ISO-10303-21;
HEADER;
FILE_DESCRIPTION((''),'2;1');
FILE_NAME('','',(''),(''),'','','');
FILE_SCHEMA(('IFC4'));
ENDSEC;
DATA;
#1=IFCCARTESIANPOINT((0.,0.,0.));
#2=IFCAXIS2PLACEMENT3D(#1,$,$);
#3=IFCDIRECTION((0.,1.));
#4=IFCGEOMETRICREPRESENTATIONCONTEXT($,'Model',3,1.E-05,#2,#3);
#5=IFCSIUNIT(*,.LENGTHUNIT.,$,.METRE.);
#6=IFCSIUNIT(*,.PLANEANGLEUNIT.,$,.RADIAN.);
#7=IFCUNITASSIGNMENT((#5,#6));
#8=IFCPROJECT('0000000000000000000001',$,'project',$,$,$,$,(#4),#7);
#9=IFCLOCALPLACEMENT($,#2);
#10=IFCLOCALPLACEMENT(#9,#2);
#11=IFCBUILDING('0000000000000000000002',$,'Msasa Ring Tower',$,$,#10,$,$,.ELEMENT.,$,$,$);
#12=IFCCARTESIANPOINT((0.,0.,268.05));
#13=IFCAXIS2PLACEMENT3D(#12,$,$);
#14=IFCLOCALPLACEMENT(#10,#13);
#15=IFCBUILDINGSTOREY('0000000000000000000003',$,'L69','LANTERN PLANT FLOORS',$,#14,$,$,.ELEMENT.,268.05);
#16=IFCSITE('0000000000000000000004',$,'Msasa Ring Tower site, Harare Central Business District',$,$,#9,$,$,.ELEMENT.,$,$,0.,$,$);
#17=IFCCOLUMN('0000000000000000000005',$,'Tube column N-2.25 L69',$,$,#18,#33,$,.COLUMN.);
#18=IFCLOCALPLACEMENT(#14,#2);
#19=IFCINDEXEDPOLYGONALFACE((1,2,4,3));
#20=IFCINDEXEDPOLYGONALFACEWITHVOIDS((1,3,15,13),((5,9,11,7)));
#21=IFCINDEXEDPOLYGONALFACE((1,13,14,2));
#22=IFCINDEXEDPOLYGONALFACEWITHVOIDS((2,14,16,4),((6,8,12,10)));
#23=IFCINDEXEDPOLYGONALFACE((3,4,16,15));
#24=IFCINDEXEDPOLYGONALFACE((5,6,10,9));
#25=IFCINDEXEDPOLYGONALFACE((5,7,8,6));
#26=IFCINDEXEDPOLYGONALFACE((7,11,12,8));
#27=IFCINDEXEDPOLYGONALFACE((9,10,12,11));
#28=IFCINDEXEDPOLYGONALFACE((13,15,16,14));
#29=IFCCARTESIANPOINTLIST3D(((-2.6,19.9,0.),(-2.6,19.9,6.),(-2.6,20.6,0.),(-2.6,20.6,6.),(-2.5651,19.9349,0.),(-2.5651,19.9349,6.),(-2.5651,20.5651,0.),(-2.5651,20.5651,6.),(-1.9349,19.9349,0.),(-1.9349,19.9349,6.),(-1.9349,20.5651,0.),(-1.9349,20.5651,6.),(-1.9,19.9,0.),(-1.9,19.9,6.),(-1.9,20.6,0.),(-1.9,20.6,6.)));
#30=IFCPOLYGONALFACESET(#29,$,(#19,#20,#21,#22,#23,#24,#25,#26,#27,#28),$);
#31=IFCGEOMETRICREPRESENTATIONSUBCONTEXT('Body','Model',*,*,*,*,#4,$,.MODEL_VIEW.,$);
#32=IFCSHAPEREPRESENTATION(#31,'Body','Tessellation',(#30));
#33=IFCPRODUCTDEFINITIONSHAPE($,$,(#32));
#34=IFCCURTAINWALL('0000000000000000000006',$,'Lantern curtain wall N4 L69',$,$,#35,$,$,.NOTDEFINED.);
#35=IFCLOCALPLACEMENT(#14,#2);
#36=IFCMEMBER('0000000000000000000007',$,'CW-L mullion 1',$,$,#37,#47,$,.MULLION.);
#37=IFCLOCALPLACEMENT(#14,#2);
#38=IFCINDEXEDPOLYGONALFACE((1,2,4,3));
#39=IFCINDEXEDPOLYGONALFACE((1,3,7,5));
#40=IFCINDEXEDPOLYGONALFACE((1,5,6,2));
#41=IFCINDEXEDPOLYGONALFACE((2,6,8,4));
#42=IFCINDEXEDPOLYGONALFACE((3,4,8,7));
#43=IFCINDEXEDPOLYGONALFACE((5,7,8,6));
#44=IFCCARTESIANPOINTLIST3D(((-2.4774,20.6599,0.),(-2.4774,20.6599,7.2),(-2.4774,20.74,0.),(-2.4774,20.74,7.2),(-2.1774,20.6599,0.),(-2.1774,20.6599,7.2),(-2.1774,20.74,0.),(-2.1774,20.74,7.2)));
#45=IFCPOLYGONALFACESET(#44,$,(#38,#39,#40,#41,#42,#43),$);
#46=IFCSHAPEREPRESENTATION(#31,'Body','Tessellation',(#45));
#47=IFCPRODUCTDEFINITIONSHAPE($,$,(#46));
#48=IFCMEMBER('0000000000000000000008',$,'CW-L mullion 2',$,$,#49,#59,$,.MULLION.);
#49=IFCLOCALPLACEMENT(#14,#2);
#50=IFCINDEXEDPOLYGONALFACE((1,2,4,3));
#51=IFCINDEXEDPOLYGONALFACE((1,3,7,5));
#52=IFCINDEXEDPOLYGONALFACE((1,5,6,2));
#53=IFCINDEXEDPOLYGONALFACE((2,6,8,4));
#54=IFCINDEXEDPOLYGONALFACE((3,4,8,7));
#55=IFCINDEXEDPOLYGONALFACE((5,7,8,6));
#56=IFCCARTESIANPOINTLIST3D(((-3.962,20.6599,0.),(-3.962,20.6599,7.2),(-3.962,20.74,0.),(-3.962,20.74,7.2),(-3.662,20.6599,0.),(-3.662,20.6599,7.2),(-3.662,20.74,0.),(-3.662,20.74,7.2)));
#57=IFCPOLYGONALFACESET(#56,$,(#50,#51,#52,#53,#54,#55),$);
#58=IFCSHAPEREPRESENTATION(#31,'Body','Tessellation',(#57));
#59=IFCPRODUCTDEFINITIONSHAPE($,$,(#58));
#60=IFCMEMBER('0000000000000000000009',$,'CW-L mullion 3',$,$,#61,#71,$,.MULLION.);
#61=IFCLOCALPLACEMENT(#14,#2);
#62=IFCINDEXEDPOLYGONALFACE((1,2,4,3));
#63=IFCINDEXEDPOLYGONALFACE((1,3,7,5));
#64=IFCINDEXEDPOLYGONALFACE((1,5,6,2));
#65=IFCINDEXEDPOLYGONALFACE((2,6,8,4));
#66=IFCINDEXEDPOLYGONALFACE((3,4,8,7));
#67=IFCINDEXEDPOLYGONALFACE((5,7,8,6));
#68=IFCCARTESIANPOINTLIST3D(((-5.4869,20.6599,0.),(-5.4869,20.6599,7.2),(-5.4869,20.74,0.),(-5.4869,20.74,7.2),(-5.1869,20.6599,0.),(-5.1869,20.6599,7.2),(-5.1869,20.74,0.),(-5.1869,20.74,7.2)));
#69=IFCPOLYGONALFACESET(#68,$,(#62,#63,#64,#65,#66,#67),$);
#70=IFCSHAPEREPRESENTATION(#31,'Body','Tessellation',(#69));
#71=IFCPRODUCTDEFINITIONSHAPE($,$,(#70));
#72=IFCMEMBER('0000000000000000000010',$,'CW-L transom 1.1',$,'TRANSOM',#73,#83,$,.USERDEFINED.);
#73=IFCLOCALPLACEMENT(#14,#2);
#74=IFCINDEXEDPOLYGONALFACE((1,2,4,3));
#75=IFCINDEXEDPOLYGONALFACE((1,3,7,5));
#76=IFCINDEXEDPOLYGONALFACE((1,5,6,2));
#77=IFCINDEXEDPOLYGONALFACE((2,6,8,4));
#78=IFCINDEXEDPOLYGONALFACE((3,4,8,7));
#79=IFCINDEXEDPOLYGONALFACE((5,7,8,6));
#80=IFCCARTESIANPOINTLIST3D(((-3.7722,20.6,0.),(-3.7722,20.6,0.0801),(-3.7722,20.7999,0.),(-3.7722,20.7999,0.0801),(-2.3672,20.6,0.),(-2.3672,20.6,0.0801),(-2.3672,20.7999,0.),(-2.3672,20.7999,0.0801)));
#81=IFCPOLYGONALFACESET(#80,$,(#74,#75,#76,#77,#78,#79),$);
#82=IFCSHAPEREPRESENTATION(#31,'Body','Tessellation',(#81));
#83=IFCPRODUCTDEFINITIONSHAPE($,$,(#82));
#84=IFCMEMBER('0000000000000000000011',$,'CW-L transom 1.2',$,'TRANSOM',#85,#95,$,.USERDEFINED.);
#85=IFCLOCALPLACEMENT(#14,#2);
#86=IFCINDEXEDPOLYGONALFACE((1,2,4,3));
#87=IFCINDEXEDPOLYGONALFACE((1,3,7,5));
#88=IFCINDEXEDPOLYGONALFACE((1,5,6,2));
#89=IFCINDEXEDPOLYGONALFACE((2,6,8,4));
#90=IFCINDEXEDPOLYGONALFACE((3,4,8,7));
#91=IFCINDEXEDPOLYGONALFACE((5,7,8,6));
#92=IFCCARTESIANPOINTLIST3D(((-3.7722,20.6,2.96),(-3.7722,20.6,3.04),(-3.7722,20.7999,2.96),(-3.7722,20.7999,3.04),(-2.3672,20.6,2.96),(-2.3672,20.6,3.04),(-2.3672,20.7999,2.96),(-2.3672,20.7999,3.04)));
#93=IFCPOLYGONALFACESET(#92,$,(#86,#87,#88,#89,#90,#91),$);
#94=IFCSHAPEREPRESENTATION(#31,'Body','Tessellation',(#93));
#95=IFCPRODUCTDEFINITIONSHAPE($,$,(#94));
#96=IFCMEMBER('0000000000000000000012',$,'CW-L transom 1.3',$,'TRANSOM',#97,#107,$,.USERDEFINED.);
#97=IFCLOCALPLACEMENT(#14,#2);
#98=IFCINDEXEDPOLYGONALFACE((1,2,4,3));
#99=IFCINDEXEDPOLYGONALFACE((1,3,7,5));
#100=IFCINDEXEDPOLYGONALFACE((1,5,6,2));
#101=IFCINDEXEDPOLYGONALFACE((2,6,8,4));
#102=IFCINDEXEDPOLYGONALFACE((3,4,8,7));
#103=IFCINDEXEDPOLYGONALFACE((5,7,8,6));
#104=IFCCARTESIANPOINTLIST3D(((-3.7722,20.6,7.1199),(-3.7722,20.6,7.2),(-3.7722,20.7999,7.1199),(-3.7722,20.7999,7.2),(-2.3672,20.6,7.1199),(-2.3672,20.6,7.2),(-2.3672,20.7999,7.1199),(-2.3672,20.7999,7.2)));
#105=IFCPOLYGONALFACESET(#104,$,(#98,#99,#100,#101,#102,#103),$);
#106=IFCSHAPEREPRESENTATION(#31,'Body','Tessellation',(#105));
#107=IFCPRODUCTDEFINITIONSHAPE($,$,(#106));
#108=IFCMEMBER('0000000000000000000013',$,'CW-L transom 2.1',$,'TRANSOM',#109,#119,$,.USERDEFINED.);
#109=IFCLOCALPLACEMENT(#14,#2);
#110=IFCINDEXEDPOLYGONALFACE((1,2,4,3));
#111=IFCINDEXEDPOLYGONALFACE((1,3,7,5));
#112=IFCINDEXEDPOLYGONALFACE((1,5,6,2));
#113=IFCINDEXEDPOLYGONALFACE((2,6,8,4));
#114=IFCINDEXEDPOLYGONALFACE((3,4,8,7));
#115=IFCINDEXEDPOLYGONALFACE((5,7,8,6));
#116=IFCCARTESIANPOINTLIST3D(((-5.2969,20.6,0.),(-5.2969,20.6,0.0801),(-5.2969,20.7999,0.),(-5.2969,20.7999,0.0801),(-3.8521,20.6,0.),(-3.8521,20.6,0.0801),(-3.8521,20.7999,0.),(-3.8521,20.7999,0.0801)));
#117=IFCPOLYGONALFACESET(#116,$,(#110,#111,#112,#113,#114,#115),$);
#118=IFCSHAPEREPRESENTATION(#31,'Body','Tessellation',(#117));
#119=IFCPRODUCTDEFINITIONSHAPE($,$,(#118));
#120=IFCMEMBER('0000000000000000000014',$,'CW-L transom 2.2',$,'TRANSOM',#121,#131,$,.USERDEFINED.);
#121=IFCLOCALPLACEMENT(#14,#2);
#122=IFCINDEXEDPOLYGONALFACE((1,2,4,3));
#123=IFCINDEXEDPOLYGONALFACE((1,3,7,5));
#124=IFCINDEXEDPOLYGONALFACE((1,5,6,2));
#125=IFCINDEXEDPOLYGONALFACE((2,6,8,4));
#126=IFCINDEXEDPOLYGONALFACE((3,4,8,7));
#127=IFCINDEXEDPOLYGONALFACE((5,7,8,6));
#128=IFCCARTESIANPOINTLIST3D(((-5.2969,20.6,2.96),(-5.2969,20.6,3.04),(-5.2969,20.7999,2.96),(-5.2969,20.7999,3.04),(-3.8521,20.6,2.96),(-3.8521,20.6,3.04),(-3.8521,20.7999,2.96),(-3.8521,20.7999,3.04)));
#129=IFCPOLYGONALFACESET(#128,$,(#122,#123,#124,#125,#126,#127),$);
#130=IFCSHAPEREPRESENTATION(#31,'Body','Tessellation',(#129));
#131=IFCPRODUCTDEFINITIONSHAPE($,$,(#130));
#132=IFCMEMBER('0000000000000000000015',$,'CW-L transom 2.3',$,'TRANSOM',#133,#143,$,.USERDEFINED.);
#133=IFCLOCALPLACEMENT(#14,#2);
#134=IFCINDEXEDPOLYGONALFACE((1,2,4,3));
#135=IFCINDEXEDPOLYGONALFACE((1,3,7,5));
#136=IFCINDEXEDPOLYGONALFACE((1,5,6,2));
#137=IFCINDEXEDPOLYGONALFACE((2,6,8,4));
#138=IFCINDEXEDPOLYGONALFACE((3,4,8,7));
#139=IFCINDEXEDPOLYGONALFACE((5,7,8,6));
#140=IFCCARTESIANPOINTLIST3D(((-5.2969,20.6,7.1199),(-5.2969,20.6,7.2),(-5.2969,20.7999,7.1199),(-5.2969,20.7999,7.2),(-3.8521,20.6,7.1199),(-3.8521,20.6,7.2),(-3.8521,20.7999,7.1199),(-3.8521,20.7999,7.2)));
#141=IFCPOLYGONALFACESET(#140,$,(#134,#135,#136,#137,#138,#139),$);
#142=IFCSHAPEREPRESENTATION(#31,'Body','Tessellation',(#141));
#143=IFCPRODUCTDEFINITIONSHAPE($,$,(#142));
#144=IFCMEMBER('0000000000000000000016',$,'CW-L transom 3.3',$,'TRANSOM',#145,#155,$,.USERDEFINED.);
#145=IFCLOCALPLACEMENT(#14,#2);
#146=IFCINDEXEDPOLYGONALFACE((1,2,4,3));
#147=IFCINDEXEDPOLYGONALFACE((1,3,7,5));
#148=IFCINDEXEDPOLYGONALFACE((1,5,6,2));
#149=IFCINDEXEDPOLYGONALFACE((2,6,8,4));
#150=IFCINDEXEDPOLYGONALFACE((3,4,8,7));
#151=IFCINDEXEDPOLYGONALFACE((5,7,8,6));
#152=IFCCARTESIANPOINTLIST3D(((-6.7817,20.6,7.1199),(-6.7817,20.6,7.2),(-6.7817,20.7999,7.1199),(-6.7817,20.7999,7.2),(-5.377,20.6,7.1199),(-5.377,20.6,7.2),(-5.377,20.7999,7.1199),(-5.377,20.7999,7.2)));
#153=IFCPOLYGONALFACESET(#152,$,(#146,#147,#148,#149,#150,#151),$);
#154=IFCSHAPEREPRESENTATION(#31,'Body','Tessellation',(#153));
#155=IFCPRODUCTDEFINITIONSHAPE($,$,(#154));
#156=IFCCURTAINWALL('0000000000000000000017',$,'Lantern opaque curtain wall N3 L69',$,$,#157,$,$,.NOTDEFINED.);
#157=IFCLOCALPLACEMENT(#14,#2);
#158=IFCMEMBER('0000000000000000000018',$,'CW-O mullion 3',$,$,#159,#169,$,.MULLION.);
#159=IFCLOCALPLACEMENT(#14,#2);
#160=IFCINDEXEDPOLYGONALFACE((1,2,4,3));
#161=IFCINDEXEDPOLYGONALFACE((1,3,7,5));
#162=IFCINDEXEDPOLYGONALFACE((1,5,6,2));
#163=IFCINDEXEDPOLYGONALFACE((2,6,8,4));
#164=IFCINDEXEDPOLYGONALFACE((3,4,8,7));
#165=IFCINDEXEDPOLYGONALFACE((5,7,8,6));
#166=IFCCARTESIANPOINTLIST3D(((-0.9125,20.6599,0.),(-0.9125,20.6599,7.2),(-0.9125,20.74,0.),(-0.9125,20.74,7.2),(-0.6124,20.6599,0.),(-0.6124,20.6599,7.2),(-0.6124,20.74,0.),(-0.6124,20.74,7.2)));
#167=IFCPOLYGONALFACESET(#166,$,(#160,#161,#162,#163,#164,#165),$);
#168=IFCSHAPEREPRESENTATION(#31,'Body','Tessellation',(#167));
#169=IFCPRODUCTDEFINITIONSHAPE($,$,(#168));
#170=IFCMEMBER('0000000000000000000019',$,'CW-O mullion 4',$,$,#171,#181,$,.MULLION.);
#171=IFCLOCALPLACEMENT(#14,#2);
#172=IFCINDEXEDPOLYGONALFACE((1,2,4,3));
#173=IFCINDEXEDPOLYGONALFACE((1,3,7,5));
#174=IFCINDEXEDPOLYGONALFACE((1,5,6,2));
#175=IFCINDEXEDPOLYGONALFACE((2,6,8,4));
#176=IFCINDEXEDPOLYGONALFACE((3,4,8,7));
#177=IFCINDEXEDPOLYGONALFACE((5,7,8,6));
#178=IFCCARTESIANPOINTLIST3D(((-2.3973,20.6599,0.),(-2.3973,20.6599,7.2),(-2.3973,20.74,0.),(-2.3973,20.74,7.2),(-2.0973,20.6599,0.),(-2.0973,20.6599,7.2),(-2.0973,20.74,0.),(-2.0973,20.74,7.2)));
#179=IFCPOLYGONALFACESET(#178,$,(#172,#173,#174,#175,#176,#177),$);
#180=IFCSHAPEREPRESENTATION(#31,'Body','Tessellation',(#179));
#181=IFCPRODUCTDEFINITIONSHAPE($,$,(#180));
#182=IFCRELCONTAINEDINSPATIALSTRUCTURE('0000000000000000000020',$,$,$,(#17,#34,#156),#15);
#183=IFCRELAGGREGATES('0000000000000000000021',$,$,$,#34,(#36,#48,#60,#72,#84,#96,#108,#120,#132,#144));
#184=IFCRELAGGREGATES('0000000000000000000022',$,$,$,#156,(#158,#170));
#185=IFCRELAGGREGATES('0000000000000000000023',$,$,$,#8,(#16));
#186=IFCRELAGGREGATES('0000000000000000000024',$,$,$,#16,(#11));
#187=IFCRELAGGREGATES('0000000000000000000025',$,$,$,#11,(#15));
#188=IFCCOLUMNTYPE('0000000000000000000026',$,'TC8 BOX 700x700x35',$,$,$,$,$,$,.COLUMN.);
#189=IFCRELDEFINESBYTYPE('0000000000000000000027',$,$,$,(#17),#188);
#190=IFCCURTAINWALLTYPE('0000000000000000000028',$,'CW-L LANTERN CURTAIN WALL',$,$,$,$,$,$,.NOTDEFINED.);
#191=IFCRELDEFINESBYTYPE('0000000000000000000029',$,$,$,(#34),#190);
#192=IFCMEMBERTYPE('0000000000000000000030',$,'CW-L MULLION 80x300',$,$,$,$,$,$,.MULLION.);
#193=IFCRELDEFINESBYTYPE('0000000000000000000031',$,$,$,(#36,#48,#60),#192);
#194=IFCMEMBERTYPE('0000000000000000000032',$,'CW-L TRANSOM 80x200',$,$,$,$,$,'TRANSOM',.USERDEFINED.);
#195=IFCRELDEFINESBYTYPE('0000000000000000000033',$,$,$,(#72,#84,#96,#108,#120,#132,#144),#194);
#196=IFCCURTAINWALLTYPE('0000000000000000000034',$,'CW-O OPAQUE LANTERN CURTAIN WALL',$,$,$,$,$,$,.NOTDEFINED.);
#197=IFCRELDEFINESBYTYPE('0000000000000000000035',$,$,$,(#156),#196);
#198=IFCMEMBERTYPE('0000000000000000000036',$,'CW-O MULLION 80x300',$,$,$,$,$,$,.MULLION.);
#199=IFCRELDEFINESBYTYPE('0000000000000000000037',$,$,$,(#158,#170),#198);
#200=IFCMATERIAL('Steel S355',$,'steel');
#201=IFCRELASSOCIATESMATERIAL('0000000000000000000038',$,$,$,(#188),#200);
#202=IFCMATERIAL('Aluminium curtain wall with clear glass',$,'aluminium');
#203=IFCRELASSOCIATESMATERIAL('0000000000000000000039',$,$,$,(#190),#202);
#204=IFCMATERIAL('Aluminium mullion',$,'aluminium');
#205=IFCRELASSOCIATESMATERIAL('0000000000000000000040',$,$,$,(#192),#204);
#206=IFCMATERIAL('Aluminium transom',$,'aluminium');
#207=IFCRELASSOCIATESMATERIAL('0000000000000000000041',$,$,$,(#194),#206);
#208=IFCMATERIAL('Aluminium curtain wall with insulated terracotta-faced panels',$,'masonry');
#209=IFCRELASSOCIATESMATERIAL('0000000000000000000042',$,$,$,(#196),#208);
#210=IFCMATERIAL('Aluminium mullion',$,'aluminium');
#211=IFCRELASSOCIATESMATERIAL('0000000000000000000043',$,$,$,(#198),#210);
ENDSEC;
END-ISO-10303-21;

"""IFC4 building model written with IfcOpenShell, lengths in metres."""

from ifc_helpers import new_model, si_unit, direction, frame, origin, origin_2d, place, context, subcontext, project, spatial, rectangle, hollow_rectangle, extrude, material, material_profile, profile_set, type_object, element, aggregate, save


model = new_model("IFC4")

# Units and contexts
model_context = context("Model", 3, precision=1e-05, world=origin(), true_north=direction((0.0, 1.0)))
body_context = subcontext(model_context, "Body", "Model", "MODEL_VIEW")
ifc_project = project(units=[si_unit("LENGTHUNIT", "METRE"), si_unit("PLANEANGLEUNIT", "RADIAN")], contexts=[model_context])

# Site, building, storey
site_placement = place(None, origin())
site = spatial("IfcSite", under=ifc_project, at=site_placement, Name="Msasa Ring Tower site, Harare Central Business District", CompositionType="ELEMENT", RefElevation=0.0)
building_placement = place(site_placement, origin())
building = spatial("IfcBuilding", under=site, at=building_placement, Name="Msasa Ring Tower", CompositionType="ELEMENT")
storey_placement = place(building_placement, frame((0.0, 0.0, 268.05)))
storey = spatial("IfcBuildingStorey", under=building, at=storey_placement, Name="L69", Description="LANTERN PLANT FLOORS", CompositionType="ELEMENT", Elevation=268.05)

# Column
ifc_material_1 = material(Name="Steel S355", Category="steel")
ifc_material_profile_1 = material_profile(ifc_material_1, hollow_rectangle(XDim=0.7, YDim=0.7, WallThickness=0.0349, at=origin_2d()), Name="BOX 700x700x35")
ifc_profile_set_1 = profile_set([ifc_material_profile_1], Name="Steel S355")
column_type = type_object("IfcColumnType", Name="TC8 BOX 700x700x35", PredefinedType="COLUMN", material=ifc_profile_set_1)
column_placement = place(storey_placement, frame((-2.25, 20.25, 0.0), z_axis=(0.0, 0.0, 1.0), x_axis=(0.0, 1.0, 0.0)))
element("IfcColumn", 1, at=column_placement, inside=storey, type_object=column_type, Name="Tube column N-2.25 L69", PredefinedType="COLUMN", context=body_context, shape_type="SweptSolid", body=[
    extrude(hollow_rectangle(XDim=0.7, YDim=0.7, WallThickness=0.0349, at=origin_2d()), origin(), (0.0, 0.0, 1.0), 6.0),
])

# Curtain walls, members
ifc_material_2 = material(Name="Aluminium curtain wall with clear glass", Category="aluminium")
curtain_wall_type_1 = type_object("IfcCurtainWallType", Name="CW-L LANTERN CURTAIN WALL", PredefinedType="NOTDEFINED", material=ifc_material_2)
curtain_wall_1_placement = place(storey_placement, origin())
curtain_wall_1 = element("IfcCurtainWall", 2, at=curtain_wall_1_placement, inside=storey, type_object=curtain_wall_type_1, Name="Lantern curtain wall N4 L69", PredefinedType="NOTDEFINED")
ifc_material_3 = material(Name="Aluminium mullion", Category="aluminium")
ifc_material_profile_2 = material_profile(ifc_material_3, rectangle(XDim=0.0801, YDim=0.3, at=origin_2d()), Name="AL 80x300")
ifc_profile_set_2 = profile_set([ifc_material_profile_2], Name="Aluminium mullion")
member_type_1 = type_object("IfcMemberType", Name="CW-L MULLION 80x300", PredefinedType="MULLION", material=ifc_profile_set_2)
member_1_placement = place(storey_placement, frame((-2.3274, 20.7, 0.0), z_axis=(0.0, 0.0, 1.0), x_axis=(0.0, -1.0, 0.0)))
member_1 = element("IfcMember", 3, at=member_1_placement, type_object=member_type_1, Name="CW-L mullion 1", PredefinedType="MULLION", context=body_context, shape_type="SweptSolid", body=[
    extrude(rectangle(XDim=0.0801, YDim=0.3, at=origin_2d()), origin(), (0.0, 0.0, 1.0), 7.2),
])
member_2_placement = place(storey_placement, frame((-3.812, 20.7, 0.0), z_axis=(0.0, 0.0, 1.0), x_axis=(0.0, -1.0, 0.0)))
member_2 = element("IfcMember", 4, at=member_2_placement, type_object=member_type_1, Name="CW-L mullion 2", PredefinedType="MULLION", context=body_context, shape_type="SweptSolid", body=[
    extrude(rectangle(XDim=0.0801, YDim=0.3, at=origin_2d()), origin(), (0.0, 0.0, 1.0), 7.2),
])
member_3_placement = place(storey_placement, frame((-5.3369, 20.7, 0.0), z_axis=(0.0, 0.0, 1.0), x_axis=(0.0, -1.0, 0.0)))
member_3 = element("IfcMember", 5, at=member_3_placement, type_object=member_type_1, Name="CW-L mullion 3", PredefinedType="MULLION", context=body_context, shape_type="SweptSolid", body=[
    extrude(rectangle(XDim=0.0801, YDim=0.3, at=origin_2d()), origin(), (0.0, 0.0, 1.0), 7.2),
])
ifc_material_4 = material(Name="Aluminium transom", Category="aluminium")
ifc_material_profile_3 = material_profile(ifc_material_4, rectangle(XDim=0.2, YDim=0.0801, at=origin_2d()), Name="AL 80x200")
ifc_profile_set_3 = profile_set([ifc_material_profile_3], Name="Aluminium transom")
member_type_2 = type_object("IfcMemberType", Name="CW-L TRANSOM 80x200", ElementType="TRANSOM", PredefinedType="USERDEFINED", material=ifc_profile_set_3)
member_4_placement = place(storey_placement, frame((-2.3672, 20.7, 0.04), z_axis=(-1.0, 0.0, 0.0), x_axis=(0.0, -1.0, 0.0)))
member_4 = element("IfcMember", 6, at=member_4_placement, type_object=member_type_2, Name="CW-L transom 1.1", ObjectType="TRANSOM", PredefinedType="USERDEFINED", context=body_context, shape_type="SweptSolid", body=[
    extrude(rectangle(XDim=0.2, YDim=0.0801, at=origin_2d()), origin(), (0.0, 0.0, 1.0), 1.405),
])
member_5_placement = place(storey_placement, frame((-2.3672, 20.7, 3.0), z_axis=(-1.0, 0.0, 0.0), x_axis=(0.0, -1.0, 0.0)))
member_5 = element("IfcMember", 7, at=member_5_placement, type_object=member_type_2, Name="CW-L transom 1.2", ObjectType="TRANSOM", PredefinedType="USERDEFINED", context=body_context, shape_type="SweptSolid", body=[
    extrude(rectangle(XDim=0.2, YDim=0.0801, at=origin_2d()), origin(), (0.0, 0.0, 1.0), 1.405),
])
member_6_placement = place(storey_placement, frame((-2.3672, 20.7, 7.1599), z_axis=(-1.0, 0.0, 0.0), x_axis=(0.0, -1.0, 0.0)))
member_6 = element("IfcMember", 8, at=member_6_placement, type_object=member_type_2, Name="CW-L transom 1.3", ObjectType="TRANSOM", PredefinedType="USERDEFINED", context=body_context, shape_type="SweptSolid", body=[
    extrude(rectangle(XDim=0.2, YDim=0.0801, at=origin_2d()), origin(), (0.0, 0.0, 1.0), 1.405),
])
member_7_placement = place(storey_placement, frame((-3.8521, 20.7, 0.04), z_axis=(-1.0, 0.0, 0.0), x_axis=(0.0, -1.0, 0.0)))
member_7 = element("IfcMember", 9, at=member_7_placement, type_object=member_type_2, Name="CW-L transom 2.1", ObjectType="TRANSOM", PredefinedType="USERDEFINED", context=body_context, shape_type="SweptSolid", body=[
    extrude(rectangle(XDim=0.2, YDim=0.0801, at=origin_2d()), origin(), (0.0, 0.0, 1.0), 1.4448),
])
member_8_placement = place(storey_placement, frame((-3.8521, 20.7, 3.0), z_axis=(-1.0, 0.0, 0.0), x_axis=(0.0, -1.0, 0.0)))
member_8 = element("IfcMember", 10, at=member_8_placement, type_object=member_type_2, Name="CW-L transom 2.2", ObjectType="TRANSOM", PredefinedType="USERDEFINED", context=body_context, shape_type="SweptSolid", body=[
    extrude(rectangle(XDim=0.2, YDim=0.0801, at=origin_2d()), origin(), (0.0, 0.0, 1.0), 1.4448),
])
member_9_placement = place(storey_placement, frame((-3.8521, 20.7, 7.1599), z_axis=(-1.0, 0.0, 0.0), x_axis=(0.0, -1.0, 0.0)))
member_9 = element("IfcMember", 11, at=member_9_placement, type_object=member_type_2, Name="CW-L transom 2.3", ObjectType="TRANSOM", PredefinedType="USERDEFINED", context=body_context, shape_type="SweptSolid", body=[
    extrude(rectangle(XDim=0.2, YDim=0.0801, at=origin_2d()), origin(), (0.0, 0.0, 1.0), 1.4448),
])
member_10_placement = place(storey_placement, frame((-5.377, 20.7, 7.1599), z_axis=(-1.0, 0.0, 0.0), x_axis=(0.0, -1.0, 0.0)))
member_10 = element("IfcMember", 12, at=member_10_placement, type_object=member_type_2, Name="CW-L transom 3.3", ObjectType="TRANSOM", PredefinedType="USERDEFINED", context=body_context, shape_type="SweptSolid", body=[
    extrude(rectangle(XDim=0.2, YDim=0.0801, at=origin_2d()), origin(), (0.0, 0.0, 1.0), 1.4048),
])
ifc_material_5 = material(Name="Aluminium curtain wall with insulated terracotta-faced panels", Category="masonry")
curtain_wall_type_2 = type_object("IfcCurtainWallType", Name="CW-O OPAQUE LANTERN CURTAIN WALL", PredefinedType="NOTDEFINED", material=ifc_material_5)
curtain_wall_2_placement = place(storey_placement, origin())
curtain_wall_2 = element("IfcCurtainWall", 13, at=curtain_wall_2_placement, inside=storey, type_object=curtain_wall_type_2, Name="Lantern opaque curtain wall N3 L69", PredefinedType="NOTDEFINED")
ifc_material_6 = material(Name="Aluminium mullion", Category="aluminium")
ifc_material_profile_4 = material_profile(ifc_material_6, rectangle(XDim=0.0801, YDim=0.3, at=origin_2d()), Name="AL 80x300")
ifc_profile_set_4 = profile_set([ifc_material_profile_4], Name="Aluminium mullion")
member_type_3 = type_object("IfcMemberType", Name="CW-O MULLION 80x300", PredefinedType="MULLION", material=ifc_profile_set_4)
member_11_placement = place(storey_placement, frame((-0.7625, 20.7, 0.0), z_axis=(0.0, 0.0, 1.0), x_axis=(0.0, -1.0, 0.0)))
member_11 = element("IfcMember", 14, at=member_11_placement, type_object=member_type_3, Name="CW-O mullion 3", PredefinedType="MULLION", context=body_context, shape_type="SweptSolid", body=[
    extrude(rectangle(XDim=0.0801, YDim=0.3, at=origin_2d()), origin(), (0.0, 0.0, 1.0), 7.2),
])
member_12_placement = place(storey_placement, frame((-2.2473, 20.7, 0.0), z_axis=(0.0, 0.0, 1.0), x_axis=(0.0, -1.0, 0.0)))
member_12 = element("IfcMember", 15, at=member_12_placement, type_object=member_type_3, Name="CW-O mullion 4", PredefinedType="MULLION", context=body_context, shape_type="SweptSolid", body=[
    extrude(rectangle(XDim=0.0801, YDim=0.3, at=origin_2d()), origin(), (0.0, 0.0, 1.0), 7.2),
])

aggregate(curtain_wall_1, [member_1, member_2, member_3, member_4, member_5, member_6, member_7, member_8, member_9, member_10])
aggregate(curtain_wall_2, [member_11, member_12])

save(model, "model.ifc")
